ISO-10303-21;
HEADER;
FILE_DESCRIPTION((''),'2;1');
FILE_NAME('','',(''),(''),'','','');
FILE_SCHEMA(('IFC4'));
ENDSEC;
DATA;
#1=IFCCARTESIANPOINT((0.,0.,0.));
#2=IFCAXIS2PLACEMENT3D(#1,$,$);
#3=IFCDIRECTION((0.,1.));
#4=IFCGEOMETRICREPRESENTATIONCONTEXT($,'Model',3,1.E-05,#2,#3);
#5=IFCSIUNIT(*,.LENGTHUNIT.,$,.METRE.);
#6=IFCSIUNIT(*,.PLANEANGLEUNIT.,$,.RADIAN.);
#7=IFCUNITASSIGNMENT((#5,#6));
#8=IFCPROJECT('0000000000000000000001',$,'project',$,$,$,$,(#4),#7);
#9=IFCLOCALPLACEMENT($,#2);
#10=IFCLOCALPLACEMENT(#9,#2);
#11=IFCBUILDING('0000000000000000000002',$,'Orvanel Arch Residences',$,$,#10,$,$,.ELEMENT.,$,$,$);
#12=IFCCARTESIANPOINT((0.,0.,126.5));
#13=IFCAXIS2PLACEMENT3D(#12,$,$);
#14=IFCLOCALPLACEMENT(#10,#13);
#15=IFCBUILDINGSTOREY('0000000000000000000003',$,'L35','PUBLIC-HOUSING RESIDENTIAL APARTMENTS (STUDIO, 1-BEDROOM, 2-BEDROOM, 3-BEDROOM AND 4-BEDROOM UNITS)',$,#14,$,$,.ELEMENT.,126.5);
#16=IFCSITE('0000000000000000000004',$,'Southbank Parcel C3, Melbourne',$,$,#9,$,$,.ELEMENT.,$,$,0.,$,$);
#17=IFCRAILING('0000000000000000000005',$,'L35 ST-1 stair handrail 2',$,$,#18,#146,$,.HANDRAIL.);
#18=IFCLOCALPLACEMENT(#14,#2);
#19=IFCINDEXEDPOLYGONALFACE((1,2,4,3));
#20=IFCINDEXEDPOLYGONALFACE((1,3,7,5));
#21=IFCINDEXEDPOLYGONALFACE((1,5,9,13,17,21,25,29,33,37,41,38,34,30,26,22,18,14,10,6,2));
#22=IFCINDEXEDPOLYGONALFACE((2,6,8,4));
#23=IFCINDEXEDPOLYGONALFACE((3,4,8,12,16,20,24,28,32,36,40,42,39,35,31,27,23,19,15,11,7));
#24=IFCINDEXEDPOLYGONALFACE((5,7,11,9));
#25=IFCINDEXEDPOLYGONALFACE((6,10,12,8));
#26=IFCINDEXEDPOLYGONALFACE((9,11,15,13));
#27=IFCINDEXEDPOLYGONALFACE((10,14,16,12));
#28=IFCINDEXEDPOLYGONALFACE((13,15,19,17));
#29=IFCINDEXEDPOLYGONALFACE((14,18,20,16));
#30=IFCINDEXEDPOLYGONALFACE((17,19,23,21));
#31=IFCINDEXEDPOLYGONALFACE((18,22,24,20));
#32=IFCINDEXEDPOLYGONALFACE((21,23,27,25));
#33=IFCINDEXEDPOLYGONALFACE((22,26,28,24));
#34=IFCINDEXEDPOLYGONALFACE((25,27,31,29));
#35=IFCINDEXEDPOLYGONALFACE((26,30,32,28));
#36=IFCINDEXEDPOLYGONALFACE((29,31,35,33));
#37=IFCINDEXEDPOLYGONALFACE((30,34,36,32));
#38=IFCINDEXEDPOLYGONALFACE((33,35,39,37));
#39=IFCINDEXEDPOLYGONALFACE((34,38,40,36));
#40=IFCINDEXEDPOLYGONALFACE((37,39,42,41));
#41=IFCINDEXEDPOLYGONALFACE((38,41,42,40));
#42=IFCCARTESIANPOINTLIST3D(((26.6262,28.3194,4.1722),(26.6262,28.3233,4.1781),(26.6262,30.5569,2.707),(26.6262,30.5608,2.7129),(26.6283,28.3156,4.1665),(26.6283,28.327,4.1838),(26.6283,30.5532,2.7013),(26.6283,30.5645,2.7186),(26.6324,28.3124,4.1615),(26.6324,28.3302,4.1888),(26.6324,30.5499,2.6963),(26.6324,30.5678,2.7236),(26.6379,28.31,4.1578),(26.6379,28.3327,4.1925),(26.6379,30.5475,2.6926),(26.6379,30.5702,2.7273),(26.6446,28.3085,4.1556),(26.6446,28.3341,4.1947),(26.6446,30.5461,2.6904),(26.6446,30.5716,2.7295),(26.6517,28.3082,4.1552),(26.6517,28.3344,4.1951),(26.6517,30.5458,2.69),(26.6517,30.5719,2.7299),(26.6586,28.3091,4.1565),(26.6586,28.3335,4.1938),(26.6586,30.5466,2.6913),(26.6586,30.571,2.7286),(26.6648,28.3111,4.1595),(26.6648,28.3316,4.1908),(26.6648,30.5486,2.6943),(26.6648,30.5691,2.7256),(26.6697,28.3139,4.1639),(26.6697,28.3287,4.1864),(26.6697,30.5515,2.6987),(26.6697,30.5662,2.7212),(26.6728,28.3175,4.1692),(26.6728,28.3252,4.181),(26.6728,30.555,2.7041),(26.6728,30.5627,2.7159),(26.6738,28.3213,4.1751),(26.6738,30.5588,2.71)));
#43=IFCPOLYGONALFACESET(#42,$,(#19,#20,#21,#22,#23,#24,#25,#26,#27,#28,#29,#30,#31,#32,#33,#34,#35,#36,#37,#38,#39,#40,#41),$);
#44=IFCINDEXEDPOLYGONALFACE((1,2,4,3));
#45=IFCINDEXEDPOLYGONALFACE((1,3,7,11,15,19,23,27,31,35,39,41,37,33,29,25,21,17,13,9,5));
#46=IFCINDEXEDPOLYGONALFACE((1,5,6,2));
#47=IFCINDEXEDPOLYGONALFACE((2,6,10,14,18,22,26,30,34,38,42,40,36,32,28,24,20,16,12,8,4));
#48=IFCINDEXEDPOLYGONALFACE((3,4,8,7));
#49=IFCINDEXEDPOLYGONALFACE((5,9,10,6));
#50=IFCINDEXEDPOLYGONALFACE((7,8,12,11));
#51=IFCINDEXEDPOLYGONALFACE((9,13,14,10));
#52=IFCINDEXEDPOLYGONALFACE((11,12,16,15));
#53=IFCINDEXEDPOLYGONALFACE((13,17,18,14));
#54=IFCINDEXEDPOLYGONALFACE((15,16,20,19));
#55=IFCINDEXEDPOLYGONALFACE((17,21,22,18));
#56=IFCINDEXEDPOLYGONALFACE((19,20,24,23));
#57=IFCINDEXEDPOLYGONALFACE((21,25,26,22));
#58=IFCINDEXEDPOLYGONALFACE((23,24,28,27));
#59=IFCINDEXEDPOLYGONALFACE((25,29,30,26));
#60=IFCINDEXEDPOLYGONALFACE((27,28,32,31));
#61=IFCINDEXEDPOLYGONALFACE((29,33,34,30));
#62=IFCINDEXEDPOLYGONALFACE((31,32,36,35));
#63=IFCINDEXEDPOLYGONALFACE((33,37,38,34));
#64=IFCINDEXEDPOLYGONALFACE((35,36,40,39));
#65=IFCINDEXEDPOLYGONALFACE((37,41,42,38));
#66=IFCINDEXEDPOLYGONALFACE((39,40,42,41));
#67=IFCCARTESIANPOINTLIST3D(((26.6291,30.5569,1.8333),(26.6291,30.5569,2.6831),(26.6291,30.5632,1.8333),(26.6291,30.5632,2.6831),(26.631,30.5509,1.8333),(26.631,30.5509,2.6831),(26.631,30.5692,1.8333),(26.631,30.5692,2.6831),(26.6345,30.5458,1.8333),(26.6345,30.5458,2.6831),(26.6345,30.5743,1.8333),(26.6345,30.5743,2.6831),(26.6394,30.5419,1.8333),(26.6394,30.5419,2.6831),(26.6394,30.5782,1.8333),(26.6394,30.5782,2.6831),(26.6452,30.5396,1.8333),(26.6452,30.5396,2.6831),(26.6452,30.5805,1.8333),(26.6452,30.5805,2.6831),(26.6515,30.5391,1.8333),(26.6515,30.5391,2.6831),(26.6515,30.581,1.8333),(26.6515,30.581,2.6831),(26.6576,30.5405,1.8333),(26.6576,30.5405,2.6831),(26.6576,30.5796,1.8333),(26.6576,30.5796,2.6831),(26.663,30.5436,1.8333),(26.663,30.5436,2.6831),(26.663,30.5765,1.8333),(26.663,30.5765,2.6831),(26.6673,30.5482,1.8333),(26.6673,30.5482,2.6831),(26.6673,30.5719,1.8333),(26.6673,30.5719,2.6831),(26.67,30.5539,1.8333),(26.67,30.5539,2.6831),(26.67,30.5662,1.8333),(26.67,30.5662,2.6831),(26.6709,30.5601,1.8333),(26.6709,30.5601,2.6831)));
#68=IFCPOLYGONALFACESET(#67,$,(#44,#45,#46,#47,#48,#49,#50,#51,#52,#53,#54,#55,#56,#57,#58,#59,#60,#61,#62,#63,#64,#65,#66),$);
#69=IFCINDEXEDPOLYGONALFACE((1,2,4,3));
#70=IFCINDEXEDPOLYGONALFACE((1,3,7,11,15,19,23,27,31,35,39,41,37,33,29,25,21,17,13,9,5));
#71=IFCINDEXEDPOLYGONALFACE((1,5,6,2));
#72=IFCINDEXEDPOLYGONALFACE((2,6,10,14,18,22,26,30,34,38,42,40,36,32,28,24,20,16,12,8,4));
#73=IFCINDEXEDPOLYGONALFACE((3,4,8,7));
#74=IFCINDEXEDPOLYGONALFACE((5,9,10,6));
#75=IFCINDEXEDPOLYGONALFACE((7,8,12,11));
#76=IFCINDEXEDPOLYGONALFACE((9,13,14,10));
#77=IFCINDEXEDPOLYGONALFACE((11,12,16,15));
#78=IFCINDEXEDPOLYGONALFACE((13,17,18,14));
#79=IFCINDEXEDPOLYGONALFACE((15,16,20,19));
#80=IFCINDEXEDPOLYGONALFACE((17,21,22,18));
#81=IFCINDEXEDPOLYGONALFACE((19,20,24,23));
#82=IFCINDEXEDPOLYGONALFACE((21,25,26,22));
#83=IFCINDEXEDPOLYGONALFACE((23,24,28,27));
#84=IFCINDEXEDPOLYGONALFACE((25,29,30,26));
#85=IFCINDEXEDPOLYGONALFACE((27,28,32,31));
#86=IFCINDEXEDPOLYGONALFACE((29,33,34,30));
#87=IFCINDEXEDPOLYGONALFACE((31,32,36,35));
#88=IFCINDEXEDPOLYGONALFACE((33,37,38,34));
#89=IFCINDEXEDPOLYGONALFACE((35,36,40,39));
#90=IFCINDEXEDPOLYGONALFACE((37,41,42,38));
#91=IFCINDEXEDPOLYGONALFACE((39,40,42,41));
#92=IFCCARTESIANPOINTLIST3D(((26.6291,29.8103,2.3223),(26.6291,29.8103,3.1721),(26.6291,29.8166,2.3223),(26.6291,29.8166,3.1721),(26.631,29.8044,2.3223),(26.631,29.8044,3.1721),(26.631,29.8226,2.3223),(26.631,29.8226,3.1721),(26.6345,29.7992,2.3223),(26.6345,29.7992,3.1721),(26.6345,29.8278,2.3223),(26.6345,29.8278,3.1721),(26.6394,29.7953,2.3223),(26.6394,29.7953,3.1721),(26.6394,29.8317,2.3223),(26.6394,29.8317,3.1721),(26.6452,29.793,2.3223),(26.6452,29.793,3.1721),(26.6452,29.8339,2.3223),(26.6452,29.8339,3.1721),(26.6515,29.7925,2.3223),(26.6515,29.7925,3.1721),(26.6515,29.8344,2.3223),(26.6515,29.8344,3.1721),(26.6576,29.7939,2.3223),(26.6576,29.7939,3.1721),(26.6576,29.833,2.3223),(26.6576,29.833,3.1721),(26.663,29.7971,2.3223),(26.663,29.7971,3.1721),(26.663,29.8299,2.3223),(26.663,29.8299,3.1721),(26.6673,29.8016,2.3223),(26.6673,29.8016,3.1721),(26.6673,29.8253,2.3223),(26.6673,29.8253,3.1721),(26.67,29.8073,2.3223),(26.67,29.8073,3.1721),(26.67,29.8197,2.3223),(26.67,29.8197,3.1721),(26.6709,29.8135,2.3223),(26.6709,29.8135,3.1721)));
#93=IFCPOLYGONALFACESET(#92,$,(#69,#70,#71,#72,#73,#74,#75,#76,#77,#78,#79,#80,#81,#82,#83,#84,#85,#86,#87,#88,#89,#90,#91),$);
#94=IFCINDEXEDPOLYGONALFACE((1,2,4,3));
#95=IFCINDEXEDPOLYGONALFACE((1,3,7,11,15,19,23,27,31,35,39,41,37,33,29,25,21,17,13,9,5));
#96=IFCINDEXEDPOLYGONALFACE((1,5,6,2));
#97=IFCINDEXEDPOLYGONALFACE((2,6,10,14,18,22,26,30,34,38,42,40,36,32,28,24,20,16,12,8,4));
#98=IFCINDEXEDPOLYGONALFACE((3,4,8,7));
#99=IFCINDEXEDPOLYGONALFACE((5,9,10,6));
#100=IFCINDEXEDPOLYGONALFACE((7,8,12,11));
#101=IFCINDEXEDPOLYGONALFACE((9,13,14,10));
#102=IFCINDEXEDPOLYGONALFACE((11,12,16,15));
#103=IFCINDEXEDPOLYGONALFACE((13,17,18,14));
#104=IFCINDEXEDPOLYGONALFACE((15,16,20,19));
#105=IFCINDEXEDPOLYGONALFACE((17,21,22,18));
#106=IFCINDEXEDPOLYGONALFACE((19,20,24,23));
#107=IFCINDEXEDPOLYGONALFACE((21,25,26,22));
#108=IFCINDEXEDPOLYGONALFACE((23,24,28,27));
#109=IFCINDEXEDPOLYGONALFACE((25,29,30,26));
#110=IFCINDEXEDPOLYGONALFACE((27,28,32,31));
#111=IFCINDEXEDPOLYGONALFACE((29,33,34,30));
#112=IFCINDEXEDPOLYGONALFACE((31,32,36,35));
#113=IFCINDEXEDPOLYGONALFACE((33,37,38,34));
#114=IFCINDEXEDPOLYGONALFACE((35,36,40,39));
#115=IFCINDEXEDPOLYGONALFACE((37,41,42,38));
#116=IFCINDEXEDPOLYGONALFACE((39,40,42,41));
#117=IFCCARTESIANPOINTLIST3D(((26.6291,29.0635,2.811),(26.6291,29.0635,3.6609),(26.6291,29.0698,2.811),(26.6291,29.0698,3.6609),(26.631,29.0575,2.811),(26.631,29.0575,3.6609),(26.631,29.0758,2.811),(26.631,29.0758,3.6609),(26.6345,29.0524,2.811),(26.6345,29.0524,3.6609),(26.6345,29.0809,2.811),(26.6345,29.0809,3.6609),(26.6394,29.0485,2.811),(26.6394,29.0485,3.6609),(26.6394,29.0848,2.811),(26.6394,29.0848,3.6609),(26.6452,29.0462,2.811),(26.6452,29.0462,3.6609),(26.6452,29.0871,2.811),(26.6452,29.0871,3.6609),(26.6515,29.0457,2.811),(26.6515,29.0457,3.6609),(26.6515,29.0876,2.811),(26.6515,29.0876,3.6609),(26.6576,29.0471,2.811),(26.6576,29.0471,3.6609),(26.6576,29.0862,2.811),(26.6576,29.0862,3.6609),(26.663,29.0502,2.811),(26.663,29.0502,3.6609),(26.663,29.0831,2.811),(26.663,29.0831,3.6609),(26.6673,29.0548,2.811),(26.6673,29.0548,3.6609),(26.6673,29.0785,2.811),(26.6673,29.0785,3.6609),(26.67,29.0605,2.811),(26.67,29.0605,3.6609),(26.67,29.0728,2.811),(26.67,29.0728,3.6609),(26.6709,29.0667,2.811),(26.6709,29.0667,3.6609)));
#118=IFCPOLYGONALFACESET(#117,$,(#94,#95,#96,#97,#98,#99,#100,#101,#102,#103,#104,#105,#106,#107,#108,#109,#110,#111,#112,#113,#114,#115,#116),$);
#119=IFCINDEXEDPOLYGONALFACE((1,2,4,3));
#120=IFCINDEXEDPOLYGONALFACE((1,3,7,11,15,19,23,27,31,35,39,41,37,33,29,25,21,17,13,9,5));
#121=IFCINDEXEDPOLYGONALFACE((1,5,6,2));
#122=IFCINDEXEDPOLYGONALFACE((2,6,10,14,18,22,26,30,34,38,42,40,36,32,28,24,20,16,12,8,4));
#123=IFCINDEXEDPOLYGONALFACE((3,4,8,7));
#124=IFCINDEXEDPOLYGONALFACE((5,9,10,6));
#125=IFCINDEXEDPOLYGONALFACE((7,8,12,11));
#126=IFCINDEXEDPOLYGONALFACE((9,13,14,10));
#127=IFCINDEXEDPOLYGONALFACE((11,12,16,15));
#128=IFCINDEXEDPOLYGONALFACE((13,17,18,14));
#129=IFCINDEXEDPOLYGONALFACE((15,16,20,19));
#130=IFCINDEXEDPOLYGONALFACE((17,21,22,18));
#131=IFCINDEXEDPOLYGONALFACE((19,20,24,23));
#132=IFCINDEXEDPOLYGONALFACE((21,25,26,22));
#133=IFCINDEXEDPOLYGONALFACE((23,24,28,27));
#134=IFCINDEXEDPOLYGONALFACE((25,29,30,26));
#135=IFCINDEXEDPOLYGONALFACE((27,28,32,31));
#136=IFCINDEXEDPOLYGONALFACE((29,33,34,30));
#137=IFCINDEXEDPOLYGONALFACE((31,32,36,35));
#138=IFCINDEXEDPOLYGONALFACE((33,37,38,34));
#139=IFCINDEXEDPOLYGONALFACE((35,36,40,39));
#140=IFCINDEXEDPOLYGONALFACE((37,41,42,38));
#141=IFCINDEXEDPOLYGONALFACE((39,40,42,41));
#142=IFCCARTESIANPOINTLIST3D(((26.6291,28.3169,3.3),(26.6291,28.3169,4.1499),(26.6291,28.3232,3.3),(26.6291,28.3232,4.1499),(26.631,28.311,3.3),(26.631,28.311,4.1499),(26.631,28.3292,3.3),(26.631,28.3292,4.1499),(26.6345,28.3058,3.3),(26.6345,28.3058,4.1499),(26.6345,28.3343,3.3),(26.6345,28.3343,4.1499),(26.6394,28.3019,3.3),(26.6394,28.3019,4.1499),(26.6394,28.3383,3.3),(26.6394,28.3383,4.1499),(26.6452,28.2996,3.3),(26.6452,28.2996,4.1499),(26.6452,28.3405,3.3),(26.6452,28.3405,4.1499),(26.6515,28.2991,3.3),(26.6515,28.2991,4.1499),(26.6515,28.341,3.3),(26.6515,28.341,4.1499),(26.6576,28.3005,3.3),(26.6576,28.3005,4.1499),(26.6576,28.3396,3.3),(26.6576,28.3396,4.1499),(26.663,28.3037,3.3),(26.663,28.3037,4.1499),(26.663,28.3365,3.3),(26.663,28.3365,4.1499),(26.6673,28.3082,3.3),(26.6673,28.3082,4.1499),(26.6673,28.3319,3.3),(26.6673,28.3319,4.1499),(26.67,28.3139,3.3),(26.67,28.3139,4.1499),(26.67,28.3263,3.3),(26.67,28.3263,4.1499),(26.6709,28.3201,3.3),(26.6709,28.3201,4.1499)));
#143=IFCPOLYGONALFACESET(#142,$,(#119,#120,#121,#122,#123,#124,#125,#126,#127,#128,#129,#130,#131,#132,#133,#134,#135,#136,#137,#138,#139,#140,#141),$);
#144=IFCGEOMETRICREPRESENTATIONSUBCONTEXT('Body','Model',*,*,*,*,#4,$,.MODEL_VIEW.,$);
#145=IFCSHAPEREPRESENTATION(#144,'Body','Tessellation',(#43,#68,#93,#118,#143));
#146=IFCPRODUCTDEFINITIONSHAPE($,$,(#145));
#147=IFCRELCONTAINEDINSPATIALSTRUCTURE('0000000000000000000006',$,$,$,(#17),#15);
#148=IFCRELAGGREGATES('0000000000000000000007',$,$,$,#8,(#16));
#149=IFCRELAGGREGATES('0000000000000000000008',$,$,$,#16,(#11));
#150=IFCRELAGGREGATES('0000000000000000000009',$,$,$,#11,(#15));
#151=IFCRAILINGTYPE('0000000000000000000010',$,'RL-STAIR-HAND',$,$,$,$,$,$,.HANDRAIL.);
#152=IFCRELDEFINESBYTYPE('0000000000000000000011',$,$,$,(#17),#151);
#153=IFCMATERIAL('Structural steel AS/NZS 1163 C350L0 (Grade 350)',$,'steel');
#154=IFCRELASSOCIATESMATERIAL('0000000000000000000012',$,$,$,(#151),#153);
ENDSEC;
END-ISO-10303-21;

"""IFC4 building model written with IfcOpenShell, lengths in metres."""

from ifc_helpers import new_model, si_unit, direction, frame, origin, origin_2d, place, context, subcontext, project, spatial, circle, extrude, material, type_object, element, save


model = new_model("IFC4")

# Units and contexts
model_context = context("Model", 3, precision=1e-05, world=origin(), true_north=direction((0.0, 1.0)))
body_context = subcontext(model_context, "Body", "Model", "MODEL_VIEW")
ifc_project = project(units=[si_unit("LENGTHUNIT", "METRE"), si_unit("PLANEANGLEUNIT", "RADIAN")], contexts=[model_context])

# Site, building, storey
site_placement = place(None, origin())
site = spatial("IfcSite", under=ifc_project, at=site_placement, Name="Southbank Parcel C3, Melbourne", CompositionType="ELEMENT", RefElevation=0.0)
building_placement = place(site_placement, origin())
building = spatial("IfcBuilding", under=site, at=building_placement, Name="Orvanel Arch Residences", CompositionType="ELEMENT")
storey_placement = place(building_placement, frame((0.0, 0.0, 126.5)))
storey = spatial("IfcBuildingStorey", under=building, at=storey_placement, Name="L35", Description="PUBLIC-HOUSING RESIDENTIAL APARTMENTS (STUDIO, 1-BEDROOM, 2-BEDROOM, 3-BEDROOM AND 4-BEDROOM UNITS)", CompositionType="ELEMENT", Elevation=126.5)

# Railing
ifc_material_1 = material(Name="Structural steel AS/NZS 1163 C350L0 (Grade 350)", Category="steel")
railing_type_1 = type_object("IfcRailingType", Name="RL-STAIR-HAND", PredefinedType="HANDRAIL", material=ifc_material_1)
railing_1_placement = place(storey_placement, frame((26.6499, 30.5601, 1.8333)))
element("IfcRailing", 1, at=railing_1_placement, inside=storey, type_object=railing_type_1, Name="L35 ST-1 stair handrail 2", PredefinedType="HANDRAIL", context=body_context, shape_type="SweptSolid", body=[
    extrude(circle(Radius=0.0239, at=origin_2d()), frame((0.0, -0.0012, 0.8767), z_axis=(0.0, -0.836595, 0.547822), x_axis=(1.0, 0.0, 0.0)), (0.0, 0.0, 1.0), 2.6746),
    extrude(circle(Radius=0.021, at=origin_2d()), origin(), (0.0, 0.0, 1.0), 0.8499),
    extrude(circle(Radius=0.021, at=origin_2d()), frame((0.0, -0.7466, 0.489)), (0.0, 0.0, 1.0), 0.8499),
    extrude(circle(Radius=0.021, at=origin_2d()), frame((0.0, -1.4934, 0.9778)), (0.0, 0.0, 1.0), 0.8499),
    extrude(circle(Radius=0.021, at=origin_2d()), frame((0.0, -2.24, 1.4668)), (0.0, 0.0, 1.0), 0.8499),
])

save(model, "model.ifc")
